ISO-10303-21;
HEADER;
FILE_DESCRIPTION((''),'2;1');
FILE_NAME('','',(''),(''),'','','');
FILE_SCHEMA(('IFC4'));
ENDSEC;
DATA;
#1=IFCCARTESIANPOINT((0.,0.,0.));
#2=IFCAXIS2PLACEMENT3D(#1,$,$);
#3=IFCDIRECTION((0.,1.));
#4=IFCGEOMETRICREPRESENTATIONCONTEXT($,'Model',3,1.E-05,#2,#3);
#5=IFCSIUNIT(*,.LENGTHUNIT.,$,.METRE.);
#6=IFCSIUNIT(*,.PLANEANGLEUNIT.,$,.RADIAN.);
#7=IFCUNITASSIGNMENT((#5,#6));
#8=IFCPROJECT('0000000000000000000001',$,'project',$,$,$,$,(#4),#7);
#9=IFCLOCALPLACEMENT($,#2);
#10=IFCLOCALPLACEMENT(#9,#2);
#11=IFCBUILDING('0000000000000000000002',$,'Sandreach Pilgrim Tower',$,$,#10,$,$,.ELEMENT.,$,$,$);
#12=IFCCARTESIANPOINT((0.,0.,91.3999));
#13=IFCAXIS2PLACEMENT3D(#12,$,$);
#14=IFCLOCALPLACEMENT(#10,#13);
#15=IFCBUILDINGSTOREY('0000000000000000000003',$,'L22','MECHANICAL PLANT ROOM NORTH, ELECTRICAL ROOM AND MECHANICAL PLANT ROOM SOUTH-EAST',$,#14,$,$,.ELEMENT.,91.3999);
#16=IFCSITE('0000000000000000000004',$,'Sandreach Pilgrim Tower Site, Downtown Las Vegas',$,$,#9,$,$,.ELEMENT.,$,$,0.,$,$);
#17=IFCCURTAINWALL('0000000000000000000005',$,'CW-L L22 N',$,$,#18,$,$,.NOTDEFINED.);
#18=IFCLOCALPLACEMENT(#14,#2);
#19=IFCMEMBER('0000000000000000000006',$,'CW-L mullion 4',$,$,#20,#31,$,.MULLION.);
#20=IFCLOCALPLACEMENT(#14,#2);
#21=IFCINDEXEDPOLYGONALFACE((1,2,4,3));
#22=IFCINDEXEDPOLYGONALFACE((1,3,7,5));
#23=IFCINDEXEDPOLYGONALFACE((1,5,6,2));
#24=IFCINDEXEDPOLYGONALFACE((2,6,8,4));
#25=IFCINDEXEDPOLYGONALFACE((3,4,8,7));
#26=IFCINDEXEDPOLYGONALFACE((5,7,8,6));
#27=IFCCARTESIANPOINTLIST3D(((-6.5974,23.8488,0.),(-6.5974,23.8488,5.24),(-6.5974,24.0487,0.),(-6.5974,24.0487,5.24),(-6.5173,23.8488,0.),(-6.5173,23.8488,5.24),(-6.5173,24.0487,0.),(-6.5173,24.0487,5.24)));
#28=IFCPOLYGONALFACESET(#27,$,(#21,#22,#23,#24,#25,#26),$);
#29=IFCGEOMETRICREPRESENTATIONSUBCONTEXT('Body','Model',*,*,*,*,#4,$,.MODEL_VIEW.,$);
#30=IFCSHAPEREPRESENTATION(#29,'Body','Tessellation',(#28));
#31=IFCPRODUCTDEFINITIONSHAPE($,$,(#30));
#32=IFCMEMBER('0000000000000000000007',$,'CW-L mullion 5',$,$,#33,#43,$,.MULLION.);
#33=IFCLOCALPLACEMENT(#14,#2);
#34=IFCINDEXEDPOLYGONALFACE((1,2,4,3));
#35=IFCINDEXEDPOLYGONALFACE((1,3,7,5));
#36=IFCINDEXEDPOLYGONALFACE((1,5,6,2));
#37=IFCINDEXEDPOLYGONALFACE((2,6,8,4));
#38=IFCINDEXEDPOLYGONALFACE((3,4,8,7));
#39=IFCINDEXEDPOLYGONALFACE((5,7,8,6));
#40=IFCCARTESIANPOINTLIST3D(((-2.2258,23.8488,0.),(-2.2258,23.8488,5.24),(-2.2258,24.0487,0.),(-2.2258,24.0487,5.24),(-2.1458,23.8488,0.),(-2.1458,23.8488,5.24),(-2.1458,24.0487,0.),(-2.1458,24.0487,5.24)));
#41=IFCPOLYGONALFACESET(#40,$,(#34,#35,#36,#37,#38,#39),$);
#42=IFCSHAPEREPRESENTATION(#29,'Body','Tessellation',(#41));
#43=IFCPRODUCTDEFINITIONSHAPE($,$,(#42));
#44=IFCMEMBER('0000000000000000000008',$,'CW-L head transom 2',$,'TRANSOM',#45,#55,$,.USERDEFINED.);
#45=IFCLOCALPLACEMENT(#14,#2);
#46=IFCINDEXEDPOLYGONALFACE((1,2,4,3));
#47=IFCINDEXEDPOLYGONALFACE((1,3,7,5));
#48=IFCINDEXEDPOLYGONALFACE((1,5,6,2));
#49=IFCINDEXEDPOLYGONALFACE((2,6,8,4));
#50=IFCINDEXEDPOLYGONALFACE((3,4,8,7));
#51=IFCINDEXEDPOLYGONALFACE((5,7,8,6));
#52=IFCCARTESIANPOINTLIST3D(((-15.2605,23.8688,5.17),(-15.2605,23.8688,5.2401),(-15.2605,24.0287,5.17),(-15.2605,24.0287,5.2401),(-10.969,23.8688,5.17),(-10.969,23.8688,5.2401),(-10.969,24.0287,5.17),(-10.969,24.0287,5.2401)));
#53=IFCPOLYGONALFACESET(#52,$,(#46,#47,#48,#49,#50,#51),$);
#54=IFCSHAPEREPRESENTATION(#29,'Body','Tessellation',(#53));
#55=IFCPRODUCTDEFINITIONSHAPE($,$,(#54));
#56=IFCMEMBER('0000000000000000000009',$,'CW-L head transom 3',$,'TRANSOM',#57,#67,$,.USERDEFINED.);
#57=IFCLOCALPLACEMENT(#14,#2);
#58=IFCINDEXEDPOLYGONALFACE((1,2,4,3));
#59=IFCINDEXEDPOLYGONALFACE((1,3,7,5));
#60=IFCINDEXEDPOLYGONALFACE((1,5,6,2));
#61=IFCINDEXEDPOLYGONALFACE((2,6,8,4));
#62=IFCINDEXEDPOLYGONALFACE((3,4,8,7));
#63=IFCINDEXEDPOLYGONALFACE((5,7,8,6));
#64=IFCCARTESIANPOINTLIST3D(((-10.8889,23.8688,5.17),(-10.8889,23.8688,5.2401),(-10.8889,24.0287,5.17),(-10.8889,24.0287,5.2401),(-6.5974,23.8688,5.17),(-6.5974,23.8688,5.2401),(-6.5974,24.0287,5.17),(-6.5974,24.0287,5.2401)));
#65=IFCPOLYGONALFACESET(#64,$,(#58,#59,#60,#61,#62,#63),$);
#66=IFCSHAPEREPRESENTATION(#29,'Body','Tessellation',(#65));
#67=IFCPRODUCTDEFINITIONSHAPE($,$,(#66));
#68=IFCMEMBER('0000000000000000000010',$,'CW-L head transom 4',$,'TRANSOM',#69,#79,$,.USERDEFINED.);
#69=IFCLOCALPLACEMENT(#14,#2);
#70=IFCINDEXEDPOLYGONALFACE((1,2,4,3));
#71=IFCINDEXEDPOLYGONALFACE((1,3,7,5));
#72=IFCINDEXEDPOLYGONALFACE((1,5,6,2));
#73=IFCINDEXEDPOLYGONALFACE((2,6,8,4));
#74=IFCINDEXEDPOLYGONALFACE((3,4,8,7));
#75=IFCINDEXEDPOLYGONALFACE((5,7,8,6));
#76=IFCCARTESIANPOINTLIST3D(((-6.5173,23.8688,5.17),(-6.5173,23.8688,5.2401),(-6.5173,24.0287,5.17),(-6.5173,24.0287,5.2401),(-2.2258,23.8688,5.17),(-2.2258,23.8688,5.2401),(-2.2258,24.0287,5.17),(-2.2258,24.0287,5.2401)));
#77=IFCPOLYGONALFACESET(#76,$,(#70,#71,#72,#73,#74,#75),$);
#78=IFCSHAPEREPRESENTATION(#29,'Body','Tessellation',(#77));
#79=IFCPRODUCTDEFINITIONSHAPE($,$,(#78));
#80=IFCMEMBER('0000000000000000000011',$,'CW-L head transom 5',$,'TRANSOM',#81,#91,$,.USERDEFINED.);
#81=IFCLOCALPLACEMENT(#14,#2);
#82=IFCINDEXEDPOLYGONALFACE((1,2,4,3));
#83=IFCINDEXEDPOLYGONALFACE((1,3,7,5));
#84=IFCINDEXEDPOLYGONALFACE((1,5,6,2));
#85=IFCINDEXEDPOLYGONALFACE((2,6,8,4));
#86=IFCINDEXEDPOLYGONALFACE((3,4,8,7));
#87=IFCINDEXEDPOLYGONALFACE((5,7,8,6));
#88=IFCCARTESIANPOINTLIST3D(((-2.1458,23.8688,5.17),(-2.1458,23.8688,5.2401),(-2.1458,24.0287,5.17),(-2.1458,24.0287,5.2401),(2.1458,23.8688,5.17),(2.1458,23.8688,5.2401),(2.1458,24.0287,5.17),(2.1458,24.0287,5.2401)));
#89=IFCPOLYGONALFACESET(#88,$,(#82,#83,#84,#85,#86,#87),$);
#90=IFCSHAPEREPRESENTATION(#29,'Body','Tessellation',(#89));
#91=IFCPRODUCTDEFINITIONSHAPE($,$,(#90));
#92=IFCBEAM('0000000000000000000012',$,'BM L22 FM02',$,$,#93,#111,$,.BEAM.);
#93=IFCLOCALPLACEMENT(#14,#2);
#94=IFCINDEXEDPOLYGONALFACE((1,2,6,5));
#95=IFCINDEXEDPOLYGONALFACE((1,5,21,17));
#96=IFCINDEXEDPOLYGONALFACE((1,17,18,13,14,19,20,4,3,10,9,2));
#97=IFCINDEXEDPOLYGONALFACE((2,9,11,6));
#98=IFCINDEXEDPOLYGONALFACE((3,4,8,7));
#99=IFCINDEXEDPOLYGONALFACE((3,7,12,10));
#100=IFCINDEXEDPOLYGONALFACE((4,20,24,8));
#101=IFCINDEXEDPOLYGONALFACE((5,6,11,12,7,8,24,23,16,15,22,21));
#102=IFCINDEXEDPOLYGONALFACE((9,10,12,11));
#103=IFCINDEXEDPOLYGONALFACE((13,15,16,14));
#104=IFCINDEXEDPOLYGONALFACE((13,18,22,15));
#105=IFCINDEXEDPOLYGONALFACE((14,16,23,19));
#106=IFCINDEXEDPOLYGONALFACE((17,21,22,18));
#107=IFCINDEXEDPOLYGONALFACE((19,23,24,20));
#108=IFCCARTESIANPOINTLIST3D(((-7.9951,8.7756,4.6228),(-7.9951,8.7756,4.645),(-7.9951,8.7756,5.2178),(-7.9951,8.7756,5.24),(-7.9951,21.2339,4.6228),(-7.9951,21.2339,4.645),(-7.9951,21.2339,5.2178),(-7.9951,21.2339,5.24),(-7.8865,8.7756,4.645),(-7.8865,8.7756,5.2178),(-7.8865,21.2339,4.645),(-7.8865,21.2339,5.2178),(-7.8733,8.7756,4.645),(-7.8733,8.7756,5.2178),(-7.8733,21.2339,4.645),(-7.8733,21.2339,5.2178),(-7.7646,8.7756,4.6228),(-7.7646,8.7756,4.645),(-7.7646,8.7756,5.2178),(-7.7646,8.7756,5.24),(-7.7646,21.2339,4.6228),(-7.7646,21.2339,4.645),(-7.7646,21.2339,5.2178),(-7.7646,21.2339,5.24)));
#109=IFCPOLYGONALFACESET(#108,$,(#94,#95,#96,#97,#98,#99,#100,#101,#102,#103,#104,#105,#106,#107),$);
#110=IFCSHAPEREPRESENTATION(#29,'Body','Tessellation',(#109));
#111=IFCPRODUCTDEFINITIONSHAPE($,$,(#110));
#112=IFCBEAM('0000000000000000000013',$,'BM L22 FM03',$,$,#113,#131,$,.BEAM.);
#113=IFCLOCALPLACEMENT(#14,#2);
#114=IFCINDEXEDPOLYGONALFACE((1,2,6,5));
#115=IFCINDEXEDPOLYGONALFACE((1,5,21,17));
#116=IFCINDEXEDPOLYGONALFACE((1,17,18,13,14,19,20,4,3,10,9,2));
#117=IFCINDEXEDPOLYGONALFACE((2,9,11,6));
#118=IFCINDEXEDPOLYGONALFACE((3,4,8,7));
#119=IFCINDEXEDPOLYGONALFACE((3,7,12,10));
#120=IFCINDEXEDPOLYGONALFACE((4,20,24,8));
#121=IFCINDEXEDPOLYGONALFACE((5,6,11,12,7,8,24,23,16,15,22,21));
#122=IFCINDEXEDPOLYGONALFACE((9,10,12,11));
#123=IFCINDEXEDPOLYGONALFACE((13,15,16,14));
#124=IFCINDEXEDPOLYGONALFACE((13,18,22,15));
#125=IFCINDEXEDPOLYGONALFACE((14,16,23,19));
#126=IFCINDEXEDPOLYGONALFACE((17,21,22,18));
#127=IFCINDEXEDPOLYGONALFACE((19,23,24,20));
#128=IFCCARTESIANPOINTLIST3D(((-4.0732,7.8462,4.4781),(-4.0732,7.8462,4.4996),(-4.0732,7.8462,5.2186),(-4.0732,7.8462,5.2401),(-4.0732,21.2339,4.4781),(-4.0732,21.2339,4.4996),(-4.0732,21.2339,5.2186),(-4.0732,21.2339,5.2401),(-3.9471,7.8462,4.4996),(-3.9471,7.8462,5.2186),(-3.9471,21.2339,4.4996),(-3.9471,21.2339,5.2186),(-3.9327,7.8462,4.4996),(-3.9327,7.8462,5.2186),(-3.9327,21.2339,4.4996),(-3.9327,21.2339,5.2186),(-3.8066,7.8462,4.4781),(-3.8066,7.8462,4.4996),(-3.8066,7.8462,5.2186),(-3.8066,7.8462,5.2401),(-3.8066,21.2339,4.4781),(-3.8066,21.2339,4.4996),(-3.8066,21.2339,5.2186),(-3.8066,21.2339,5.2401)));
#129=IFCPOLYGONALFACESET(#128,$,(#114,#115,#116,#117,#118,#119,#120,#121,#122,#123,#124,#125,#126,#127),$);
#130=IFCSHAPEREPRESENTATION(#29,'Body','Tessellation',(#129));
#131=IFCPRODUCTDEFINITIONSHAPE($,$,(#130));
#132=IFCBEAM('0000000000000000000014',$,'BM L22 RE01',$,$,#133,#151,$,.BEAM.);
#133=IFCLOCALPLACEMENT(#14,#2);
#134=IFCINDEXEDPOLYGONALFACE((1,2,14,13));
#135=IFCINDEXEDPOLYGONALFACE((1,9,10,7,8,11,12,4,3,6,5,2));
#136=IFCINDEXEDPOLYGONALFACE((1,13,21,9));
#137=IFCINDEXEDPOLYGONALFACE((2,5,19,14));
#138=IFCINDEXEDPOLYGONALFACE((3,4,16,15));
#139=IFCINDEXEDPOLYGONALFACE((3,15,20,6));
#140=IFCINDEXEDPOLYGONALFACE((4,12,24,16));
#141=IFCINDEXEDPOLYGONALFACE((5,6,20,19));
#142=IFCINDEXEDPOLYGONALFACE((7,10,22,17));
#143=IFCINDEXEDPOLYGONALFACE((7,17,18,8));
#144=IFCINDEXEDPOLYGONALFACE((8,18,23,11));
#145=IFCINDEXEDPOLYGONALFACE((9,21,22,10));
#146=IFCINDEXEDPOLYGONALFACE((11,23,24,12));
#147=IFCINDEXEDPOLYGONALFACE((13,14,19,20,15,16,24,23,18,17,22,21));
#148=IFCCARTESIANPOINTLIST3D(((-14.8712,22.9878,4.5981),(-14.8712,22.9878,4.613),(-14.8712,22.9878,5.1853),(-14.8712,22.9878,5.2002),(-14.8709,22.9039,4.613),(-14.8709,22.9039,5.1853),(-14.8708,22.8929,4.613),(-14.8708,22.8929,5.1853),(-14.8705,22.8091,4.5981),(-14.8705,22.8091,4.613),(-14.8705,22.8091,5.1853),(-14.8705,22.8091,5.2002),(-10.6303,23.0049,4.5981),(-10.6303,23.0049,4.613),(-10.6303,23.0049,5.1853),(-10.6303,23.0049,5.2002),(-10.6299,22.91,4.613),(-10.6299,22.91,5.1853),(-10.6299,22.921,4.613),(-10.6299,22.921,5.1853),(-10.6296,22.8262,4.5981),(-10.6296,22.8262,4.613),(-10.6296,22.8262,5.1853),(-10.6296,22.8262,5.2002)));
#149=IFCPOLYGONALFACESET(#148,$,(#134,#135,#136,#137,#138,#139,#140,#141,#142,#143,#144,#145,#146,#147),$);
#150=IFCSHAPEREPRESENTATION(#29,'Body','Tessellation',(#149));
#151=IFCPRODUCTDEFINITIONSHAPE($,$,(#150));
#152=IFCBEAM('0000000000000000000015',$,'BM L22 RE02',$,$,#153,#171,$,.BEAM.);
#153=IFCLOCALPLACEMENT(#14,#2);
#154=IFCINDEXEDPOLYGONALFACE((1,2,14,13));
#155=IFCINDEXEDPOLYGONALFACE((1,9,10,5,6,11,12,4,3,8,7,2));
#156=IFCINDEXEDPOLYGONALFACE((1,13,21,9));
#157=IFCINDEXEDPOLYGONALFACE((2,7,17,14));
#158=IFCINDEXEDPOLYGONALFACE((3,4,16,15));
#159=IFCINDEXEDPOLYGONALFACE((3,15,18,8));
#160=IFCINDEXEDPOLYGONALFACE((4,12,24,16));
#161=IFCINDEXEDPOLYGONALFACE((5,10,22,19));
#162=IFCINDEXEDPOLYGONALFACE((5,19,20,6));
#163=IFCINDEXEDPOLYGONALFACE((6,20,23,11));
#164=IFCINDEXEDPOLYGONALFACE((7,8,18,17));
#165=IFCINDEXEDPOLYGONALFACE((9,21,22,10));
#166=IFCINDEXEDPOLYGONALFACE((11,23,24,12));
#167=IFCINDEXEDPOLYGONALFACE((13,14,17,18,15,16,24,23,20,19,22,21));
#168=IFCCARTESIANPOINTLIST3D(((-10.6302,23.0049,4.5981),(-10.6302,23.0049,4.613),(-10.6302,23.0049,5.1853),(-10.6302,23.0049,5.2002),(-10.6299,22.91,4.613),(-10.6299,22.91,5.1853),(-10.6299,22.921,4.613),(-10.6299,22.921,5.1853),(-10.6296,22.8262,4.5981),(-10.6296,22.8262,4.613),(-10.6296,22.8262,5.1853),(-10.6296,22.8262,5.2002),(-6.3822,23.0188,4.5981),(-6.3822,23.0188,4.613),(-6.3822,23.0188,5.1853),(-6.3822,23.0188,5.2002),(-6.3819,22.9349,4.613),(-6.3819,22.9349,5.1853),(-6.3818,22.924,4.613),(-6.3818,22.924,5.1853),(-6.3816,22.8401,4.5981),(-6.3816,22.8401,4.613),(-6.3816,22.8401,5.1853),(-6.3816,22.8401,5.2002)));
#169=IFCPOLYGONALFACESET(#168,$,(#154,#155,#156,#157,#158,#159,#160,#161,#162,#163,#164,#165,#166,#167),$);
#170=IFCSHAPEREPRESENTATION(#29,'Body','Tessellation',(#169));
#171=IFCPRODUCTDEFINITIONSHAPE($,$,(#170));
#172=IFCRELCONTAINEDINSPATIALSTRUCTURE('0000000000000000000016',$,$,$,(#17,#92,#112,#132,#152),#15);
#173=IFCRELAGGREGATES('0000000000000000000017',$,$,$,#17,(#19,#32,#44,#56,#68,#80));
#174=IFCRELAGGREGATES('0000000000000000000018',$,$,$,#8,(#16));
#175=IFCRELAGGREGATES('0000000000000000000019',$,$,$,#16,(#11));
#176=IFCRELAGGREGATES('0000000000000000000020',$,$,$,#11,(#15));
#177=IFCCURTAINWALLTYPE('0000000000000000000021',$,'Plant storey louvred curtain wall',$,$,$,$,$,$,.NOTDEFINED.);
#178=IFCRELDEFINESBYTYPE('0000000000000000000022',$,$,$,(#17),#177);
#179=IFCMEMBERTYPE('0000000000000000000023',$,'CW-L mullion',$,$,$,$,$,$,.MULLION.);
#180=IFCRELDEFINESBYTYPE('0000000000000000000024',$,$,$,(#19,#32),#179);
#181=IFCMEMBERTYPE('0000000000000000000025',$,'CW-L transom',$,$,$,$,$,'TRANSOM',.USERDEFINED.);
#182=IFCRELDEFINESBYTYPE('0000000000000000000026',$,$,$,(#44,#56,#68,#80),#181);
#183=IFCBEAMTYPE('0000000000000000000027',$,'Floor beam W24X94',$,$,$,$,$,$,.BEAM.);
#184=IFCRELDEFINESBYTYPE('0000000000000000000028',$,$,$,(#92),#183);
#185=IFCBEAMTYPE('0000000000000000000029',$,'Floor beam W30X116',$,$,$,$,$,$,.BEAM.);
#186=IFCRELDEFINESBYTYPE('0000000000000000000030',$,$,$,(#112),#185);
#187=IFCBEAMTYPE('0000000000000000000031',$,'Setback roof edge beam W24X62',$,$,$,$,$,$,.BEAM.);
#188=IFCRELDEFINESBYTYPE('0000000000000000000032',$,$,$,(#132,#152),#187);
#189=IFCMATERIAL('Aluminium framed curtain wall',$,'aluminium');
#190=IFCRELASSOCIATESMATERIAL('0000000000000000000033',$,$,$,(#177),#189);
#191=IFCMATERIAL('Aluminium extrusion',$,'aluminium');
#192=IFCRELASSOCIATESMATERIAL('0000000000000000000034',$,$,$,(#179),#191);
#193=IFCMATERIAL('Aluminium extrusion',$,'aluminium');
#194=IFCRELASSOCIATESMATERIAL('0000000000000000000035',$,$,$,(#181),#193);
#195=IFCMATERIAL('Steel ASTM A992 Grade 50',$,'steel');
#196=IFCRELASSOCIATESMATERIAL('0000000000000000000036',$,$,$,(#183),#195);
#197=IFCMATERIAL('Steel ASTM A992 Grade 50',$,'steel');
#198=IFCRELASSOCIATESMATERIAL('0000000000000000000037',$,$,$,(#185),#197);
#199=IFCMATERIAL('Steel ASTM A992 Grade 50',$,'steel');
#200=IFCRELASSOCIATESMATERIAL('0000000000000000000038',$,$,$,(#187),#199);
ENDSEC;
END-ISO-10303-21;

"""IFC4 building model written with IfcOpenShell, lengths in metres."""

from ifc_helpers import new_model, si_unit, direction, frame, origin, origin_2d, place, context, subcontext, project, spatial, rectangle, i_section, extrude, material, material_profile, profile_set, type_object, element, aggregate, save


model = new_model("IFC4")

# Units and contexts
model_context = context("Model", 3, precision=1e-05, world=origin(), true_north=direction((0.0, 1.0)))
body_context = subcontext(model_context, "Body", "Model", "MODEL_VIEW")
ifc_project = project(units=[si_unit("LENGTHUNIT", "METRE"), si_unit("PLANEANGLEUNIT", "RADIAN")], contexts=[model_context])

# Site, building, storey
site_placement = place(None, origin())
site = spatial("IfcSite", under=ifc_project, at=site_placement, Name="Sandreach Pilgrim Tower Site, Downtown Las Vegas", CompositionType="ELEMENT", RefElevation=0.0)
building_placement = place(site_placement, origin())
building = spatial("IfcBuilding", under=site, at=building_placement, Name="Sandreach Pilgrim Tower", CompositionType="ELEMENT")
storey_placement = place(building_placement, frame((0.0, 0.0, 91.3999)))
storey = spatial("IfcBuildingStorey", under=building, at=storey_placement, Name="L22", Description="MECHANICAL PLANT ROOM NORTH, ELECTRICAL ROOM AND MECHANICAL PLANT ROOM SOUTH-EAST", CompositionType="ELEMENT", Elevation=91.3999)

# Curtain wall, members
ifc_material_1 = material(Name="Aluminium framed curtain wall", Category="aluminium")
curtain_wall_type = type_object("IfcCurtainWallType", Name="Plant storey louvred curtain wall", PredefinedType="NOTDEFINED", material=ifc_material_1)
curtain_wall_placement = place(storey_placement, origin())
curtain_wall = element("IfcCurtainWall", 1, at=curtain_wall_placement, inside=storey, type_object=curtain_wall_type, Name="CW-L L22 N", PredefinedType="NOTDEFINED")
ifc_material_2 = material(Name="Aluminium extrusion", Category="aluminium")
ifc_material_profile_1 = material_profile(ifc_material_2, rectangle(XDim=0.0801, YDim=0.2, at=origin_2d()), Name="CW-LM 80X200")
ifc_profile_set_1 = profile_set([ifc_material_profile_1], Name="Aluminium extrusion")
member_type_1 = type_object("IfcMemberType", Name="CW-L mullion", PredefinedType="MULLION", material=ifc_profile_set_1)
member_1_placement = place(storey_placement, frame((-6.5574, 23.9487, 0.0), z_axis=(0.0, 0.0, 1.0), x_axis=(1.0, 0.0, 0.0)))
member_1 = element("IfcMember", 2, at=member_1_placement, type_object=member_type_1, Name="CW-L mullion 4", PredefinedType="MULLION", context=body_context, shape_type="SweptSolid", body=[
    extrude(rectangle(XDim=0.0801, YDim=0.2, at=origin_2d()), origin(), (0.0, 0.0, 1.0), 5.24),
])
member_2_placement = place(storey_placement, frame((-2.1858, 23.9487, 0.0), z_axis=(0.0, 0.0, 1.0), x_axis=(1.0, 0.0, 0.0)))
member_2 = element("IfcMember", 3, at=member_2_placement, type_object=member_type_1, Name="CW-L mullion 5", PredefinedType="MULLION", context=body_context, shape_type="SweptSolid", body=[
    extrude(rectangle(XDim=0.0801, YDim=0.2, at=origin_2d()), origin(), (0.0, 0.0, 1.0), 5.24),
])
ifc_material_3 = material(Name="Aluminium extrusion", Category="aluminium")
ifc_material_profile_2 = material_profile(ifc_material_3, rectangle(XDim=0.1599, YDim=0.0701, at=origin_2d()), Name="CW-LT 160X70")
ifc_profile_set_2 = profile_set([ifc_material_profile_2], Name="Aluminium extrusion")
member_type_2 = type_object("IfcMemberType", Name="CW-L transom", ElementType="TRANSOM", PredefinedType="USERDEFINED", material=ifc_profile_set_2)
member_3_placement = place(storey_placement, frame((-15.2605, 23.9487, 5.2051), z_axis=(1.0, 0.0, 0.0), x_axis=(0.0, 1.0, 0.0)))
member_3 = element("IfcMember", 4, at=member_3_placement, type_object=member_type_2, Name="CW-L head transom 2", ObjectType="TRANSOM", PredefinedType="USERDEFINED", context=body_context, shape_type="SweptSolid", body=[
    extrude(rectangle(XDim=0.1599, YDim=0.0701, at=origin_2d()), origin(), (0.0, 0.0, 1.0), 4.2915),
])
member_4_placement = place(storey_placement, frame((-10.8889, 23.9487, 5.2051), z_axis=(1.0, 0.0, 0.0), x_axis=(0.0, 1.0, 0.0)))
member_4 = element("IfcMember", 5, at=member_4_placement, type_object=member_type_2, Name="CW-L head transom 3", ObjectType="TRANSOM", PredefinedType="USERDEFINED", context=body_context, shape_type="SweptSolid", body=[
    extrude(rectangle(XDim=0.1599, YDim=0.0701, at=origin_2d()), origin(), (0.0, 0.0, 1.0), 4.2915),
])
member_5_placement = place(storey_placement, frame((-6.5173, 23.9487, 5.2051), z_axis=(1.0, 0.0, 0.0), x_axis=(0.0, 1.0, 0.0)))
member_5 = element("IfcMember", 6, at=member_5_placement, type_object=member_type_2, Name="CW-L head transom 4", ObjectType="TRANSOM", PredefinedType="USERDEFINED", context=body_context, shape_type="SweptSolid", body=[
    extrude(rectangle(XDim=0.1599, YDim=0.0701, at=origin_2d()), origin(), (0.0, 0.0, 1.0), 4.2915),
])
member_6_placement = place(storey_placement, frame((-2.1458, 23.9487, 5.2051), z_axis=(1.0, 0.0, 0.0), x_axis=(0.0, 1.0, 0.0)))
member_6 = element("IfcMember", 7, at=member_6_placement, type_object=member_type_2, Name="CW-L head transom 5", ObjectType="TRANSOM", PredefinedType="USERDEFINED", context=body_context, shape_type="SweptSolid", body=[
    extrude(rectangle(XDim=0.1599, YDim=0.0701, at=origin_2d()), origin(), (0.0, 0.0, 1.0), 4.2915),
])

# Beams
ifc_material_4 = material(Name="Steel ASTM A992 Grade 50", Category="steel")
ifc_material_profile_3 = material_profile(ifc_material_4, i_section(OverallWidth=0.2305, OverallDepth=0.6172, WebThickness=0.0132, FlangeThickness=0.0222, at=origin_2d()), Name="W24X94")
ifc_profile_set_3 = profile_set([ifc_material_profile_3], Name="Steel ASTM A992 Grade 50")
beam_type_1 = type_object("IfcBeamType", Name="Floor beam W24X94", PredefinedType="BEAM", material=ifc_profile_set_3)
beam_1_placement = place(storey_placement, frame((-7.8799, 21.2339, 4.9314), z_axis=(0.0, -1.0, 0.0), x_axis=(1.0, 0.0, 0.0)))
element("IfcBeam", 8, at=beam_1_placement, inside=storey, type_object=beam_type_1, Name="BM L22 FM02", PredefinedType="BEAM", context=body_context, shape_type="SweptSolid", body=[
    extrude(i_section(OverallWidth=0.2305, OverallDepth=0.6172, WebThickness=0.0132, FlangeThickness=0.0222, at=origin_2d()), origin(), (0.0, 0.0, 1.0), 12.4583),
])
ifc_material_5 = material(Name="Steel ASTM A992 Grade 50", Category="steel")
ifc_material_profile_4 = material_profile(ifc_material_5, i_section(OverallWidth=0.2666, OverallDepth=0.762, WebThickness=0.0144, FlangeThickness=0.0215, at=origin_2d()), Name="W30X116")
ifc_profile_set_4 = profile_set([ifc_material_profile_4], Name="Steel ASTM A992 Grade 50")
beam_type_2 = type_object("IfcBeamType", Name="Floor beam W30X116", PredefinedType="BEAM", material=ifc_profile_set_4)
beam_2_placement = place(storey_placement, frame((-3.9399, 21.2339, 4.8591), z_axis=(0.0, -1.0, 0.0), x_axis=(1.0, 0.0, 0.0)))
element("IfcBeam", 9, at=beam_2_placement, inside=storey, type_object=beam_type_2, Name="BM L22 FM03", PredefinedType="BEAM", context=body_context, shape_type="SweptSolid", body=[
    extrude(i_section(OverallWidth=0.2666, OverallDepth=0.762, WebThickness=0.0144, FlangeThickness=0.0215, at=origin_2d()), origin(), (0.0, 0.0, 1.0), 13.3877),
])
ifc_material_6 = material(Name="Steel ASTM A992 Grade 50", Category="steel")
ifc_material_profile_5 = material_profile(ifc_material_6, i_section(OverallWidth=0.1787, OverallDepth=0.6021, WebThickness=0.011, FlangeThickness=0.0149, at=origin_2d()), Name="W24X62")
ifc_profile_set_5 = profile_set([ifc_material_profile_5], Name="Steel ASTM A992 Grade 50")
beam_type_3 = type_object("IfcBeamType", Name="Setback roof edge beam W24X62", PredefinedType="BEAM", material=ifc_profile_set_5)
beam_3_placement = place(storey_placement, frame((-14.8708, 22.8984, 4.8992), z_axis=(0.999992, 0.00403, 0.0), x_axis=(-0.00403, 0.999992, 0.0)))
element("IfcBeam", 10, at=beam_3_placement, inside=storey, type_object=beam_type_3, Name="BM L22 RE01", PredefinedType="BEAM", context=body_context, shape_type="SweptSolid", body=[
    extrude(i_section(OverallWidth=0.1787, OverallDepth=0.6021, WebThickness=0.011, FlangeThickness=0.0149, at=origin_2d()), origin(), (0.0, 0.0, 1.0), 4.241),
])
beam_4_placement = place(storey_placement, frame((-10.6299, 22.9155, 4.8992), z_axis=(0.999995, 0.003276, 0.0), x_axis=(-0.003276, 0.999995, 0.0)))
element("IfcBeam", 11, at=beam_4_placement, inside=storey, type_object=beam_type_3, Name="BM L22 RE02", PredefinedType="BEAM", context=body_context, shape_type="SweptSolid", body=[
    extrude(i_section(OverallWidth=0.1787, OverallDepth=0.6021, WebThickness=0.011, FlangeThickness=0.0149, at=origin_2d()), origin(), (0.0, 0.0, 1.0), 4.248),
])

aggregate(curtain_wall, [member_1, member_2, member_3, member_4, member_5, member_6])

save(model, "model.ifc")
